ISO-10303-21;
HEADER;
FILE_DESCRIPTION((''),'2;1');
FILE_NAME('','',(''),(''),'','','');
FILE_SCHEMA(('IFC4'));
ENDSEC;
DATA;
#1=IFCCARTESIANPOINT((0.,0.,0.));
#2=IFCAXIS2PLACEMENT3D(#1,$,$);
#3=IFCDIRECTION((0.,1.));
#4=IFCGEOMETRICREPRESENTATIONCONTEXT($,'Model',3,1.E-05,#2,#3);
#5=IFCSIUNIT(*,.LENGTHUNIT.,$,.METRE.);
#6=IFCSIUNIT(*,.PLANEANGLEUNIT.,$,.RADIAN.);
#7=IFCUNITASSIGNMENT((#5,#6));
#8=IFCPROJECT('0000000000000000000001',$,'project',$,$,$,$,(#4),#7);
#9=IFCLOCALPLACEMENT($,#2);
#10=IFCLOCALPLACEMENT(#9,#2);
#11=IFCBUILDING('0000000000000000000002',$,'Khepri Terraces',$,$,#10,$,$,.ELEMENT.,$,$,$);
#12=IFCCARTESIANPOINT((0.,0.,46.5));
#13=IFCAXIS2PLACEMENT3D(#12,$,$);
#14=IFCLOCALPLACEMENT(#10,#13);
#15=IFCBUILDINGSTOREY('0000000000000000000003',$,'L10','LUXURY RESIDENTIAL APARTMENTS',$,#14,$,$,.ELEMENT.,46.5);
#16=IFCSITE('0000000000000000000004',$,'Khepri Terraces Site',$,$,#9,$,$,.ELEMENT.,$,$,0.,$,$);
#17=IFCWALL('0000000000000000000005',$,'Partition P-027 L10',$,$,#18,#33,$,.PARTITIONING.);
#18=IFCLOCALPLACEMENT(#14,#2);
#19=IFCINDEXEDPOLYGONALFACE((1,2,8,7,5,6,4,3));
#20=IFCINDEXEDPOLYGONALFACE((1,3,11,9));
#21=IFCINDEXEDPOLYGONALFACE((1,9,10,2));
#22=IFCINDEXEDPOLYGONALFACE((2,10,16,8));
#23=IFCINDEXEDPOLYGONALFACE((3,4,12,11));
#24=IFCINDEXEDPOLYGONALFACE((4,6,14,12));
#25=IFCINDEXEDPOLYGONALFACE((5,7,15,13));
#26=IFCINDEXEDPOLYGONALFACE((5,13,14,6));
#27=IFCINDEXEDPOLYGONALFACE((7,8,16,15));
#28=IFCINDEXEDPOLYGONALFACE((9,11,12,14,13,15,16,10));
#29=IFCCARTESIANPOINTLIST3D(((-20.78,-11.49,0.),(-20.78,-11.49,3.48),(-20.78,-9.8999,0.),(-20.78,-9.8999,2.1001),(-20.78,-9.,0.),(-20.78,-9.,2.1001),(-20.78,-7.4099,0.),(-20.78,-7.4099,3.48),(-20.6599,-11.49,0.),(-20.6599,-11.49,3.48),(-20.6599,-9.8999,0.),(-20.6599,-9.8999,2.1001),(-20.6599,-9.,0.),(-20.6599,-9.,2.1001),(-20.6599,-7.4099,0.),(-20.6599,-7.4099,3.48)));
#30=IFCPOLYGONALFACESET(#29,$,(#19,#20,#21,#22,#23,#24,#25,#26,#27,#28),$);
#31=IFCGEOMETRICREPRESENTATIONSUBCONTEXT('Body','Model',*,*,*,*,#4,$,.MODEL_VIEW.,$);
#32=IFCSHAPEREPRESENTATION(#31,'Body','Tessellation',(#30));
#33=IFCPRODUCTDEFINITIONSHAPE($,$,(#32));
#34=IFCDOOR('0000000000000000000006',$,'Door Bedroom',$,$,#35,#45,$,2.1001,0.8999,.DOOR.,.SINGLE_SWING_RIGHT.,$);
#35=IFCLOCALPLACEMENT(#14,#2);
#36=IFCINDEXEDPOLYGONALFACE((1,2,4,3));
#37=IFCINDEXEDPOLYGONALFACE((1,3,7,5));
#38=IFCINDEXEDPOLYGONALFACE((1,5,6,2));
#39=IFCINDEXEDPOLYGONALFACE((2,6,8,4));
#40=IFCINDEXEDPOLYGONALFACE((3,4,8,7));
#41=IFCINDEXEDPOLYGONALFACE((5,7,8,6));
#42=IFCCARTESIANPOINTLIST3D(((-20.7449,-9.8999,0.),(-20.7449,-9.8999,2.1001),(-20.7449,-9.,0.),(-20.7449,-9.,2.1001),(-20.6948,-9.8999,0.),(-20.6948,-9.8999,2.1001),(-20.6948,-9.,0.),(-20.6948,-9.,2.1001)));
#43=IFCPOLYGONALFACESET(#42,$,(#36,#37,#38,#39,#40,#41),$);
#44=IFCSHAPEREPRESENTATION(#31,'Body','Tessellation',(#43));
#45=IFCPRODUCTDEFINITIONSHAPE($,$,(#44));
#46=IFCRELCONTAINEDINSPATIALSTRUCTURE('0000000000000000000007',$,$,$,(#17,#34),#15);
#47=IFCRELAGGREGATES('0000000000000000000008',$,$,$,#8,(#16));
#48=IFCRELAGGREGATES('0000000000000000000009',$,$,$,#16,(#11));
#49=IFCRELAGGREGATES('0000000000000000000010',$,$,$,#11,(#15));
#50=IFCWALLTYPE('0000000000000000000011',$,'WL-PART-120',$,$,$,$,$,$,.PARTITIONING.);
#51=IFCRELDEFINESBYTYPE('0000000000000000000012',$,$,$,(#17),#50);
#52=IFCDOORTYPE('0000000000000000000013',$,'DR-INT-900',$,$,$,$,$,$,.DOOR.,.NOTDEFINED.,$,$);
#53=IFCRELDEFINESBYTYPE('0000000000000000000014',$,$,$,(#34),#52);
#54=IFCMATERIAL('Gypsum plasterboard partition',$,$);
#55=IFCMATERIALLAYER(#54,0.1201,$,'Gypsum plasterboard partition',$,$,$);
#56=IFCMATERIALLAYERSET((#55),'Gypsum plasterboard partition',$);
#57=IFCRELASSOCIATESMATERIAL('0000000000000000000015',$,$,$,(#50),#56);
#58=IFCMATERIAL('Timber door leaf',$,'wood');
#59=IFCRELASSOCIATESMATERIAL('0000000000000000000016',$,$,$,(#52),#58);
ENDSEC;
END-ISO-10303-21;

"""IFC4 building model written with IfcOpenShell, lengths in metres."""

from ifc_helpers import new_model, si_unit, direction, frame, frame_2d, origin, place, context, subcontext, project, spatial, rectangle, extrude, material, layer, layer_set, type_object, element, fill, save


model = new_model("IFC4")

# Units and contexts
model_context = context("Model", 3, precision=1e-05, world=origin(), true_north=direction((0.0, 1.0)))
body_context = subcontext(model_context, "Body", "Model", "MODEL_VIEW")
ifc_project = project(units=[si_unit("LENGTHUNIT", "METRE"), si_unit("PLANEANGLEUNIT", "RADIAN")], contexts=[model_context])

# Site, building, storey
site_placement = place(None, origin())
site = spatial("IfcSite", under=ifc_project, at=site_placement, Name="Khepri Terraces Site", CompositionType="ELEMENT", RefElevation=0.0)
building_placement = place(site_placement, origin())
building = spatial("IfcBuilding", under=site, at=building_placement, Name="Khepri Terraces", CompositionType="ELEMENT")
storey_placement = place(building_placement, frame((0.0, 0.0, 46.5)))
storey = spatial("IfcBuildingStorey", under=building, at=storey_placement, Name="L10", Description="LUXURY RESIDENTIAL APARTMENTS", CompositionType="ELEMENT", Elevation=46.5)

# Shared definitions
ifc_material_1 = material(Name="Gypsum plasterboard partition")
ifc_layer_1 = layer(ifc_material_1, 0.1201, Name="Gypsum plasterboard partition")
ifc_layer_set_1 = layer_set([ifc_layer_1], Name="Gypsum plasterboard partition")
wall_type_1 = type_object("IfcWallType", Name="WL-PART-120", PredefinedType="PARTITIONING", material=ifc_layer_set_1)

# Wall, opening, door
wall_1_placement = place(storey_placement, frame((-20.72, -11.49, 0.0), z_axis=(0.0, 0.0, 1.0), x_axis=(0.0, 1.0, 0.0)))
wall_1 = element("IfcWall", 1, at=wall_1_placement, inside=storey, type_object=wall_type_1, Name="Partition P-027 L10", PredefinedType="PARTITIONING", context=body_context, shape_type="SweptSolid", body=[
    extrude(rectangle(XDim=4.0801, YDim=0.1201, at=frame_2d((2.04, 0.0))), origin(), (0.0, 0.0, 1.0), 3.48),
])
opening_1_placement = place(wall_1_placement, frame((1.5901, 0.0, 0.0)))
opening_1 = element("IfcOpeningElement", 2, at=opening_1_placement, cuts=wall_1, PredefinedType="OPENING", context=body_context, shape_type="SweptSolid", body=[
    extrude(rectangle(XDim=0.8999, YDim=2.1001, at=frame_2d((0.45, 1.05))), frame((0.0, 0.0701, 0.0), z_axis=(0.0, -1.0, 0.0), x_axis=(1.0, 0.0, 0.0)), (0.0, 0.0, 1.0), 0.1401),
])
ifc_material_2 = material(Name="Timber door leaf", Category="wood")
door_type_1 = type_object("IfcDoorType", Name="DR-INT-900", OperationType="NOTDEFINED", PredefinedType="DOOR", material=ifc_material_2)
door_1_placement = place(opening_1_placement, origin())
door_1 = element("IfcDoor", 3, at=door_1_placement, inside=storey, type_object=door_type_1, Name="Door Bedroom", OperationType="SINGLE_SWING_RIGHT", OverallHeight=2.1001, OverallWidth=0.8999, PredefinedType="DOOR", context=body_context, shape_type="SweptSolid", body=[
    extrude(rectangle(XDim=0.8999, YDim=2.1001, at=frame_2d((0.45, 1.05))), frame((0.0, 0.0249, 0.0), z_axis=(0.0, -1.0, 0.0), x_axis=(1.0, 0.0, 0.0)), (0.0, 0.0, 1.0), 0.05),
])
fill(opening_1, door_1)

save(model, "model.ifc")
